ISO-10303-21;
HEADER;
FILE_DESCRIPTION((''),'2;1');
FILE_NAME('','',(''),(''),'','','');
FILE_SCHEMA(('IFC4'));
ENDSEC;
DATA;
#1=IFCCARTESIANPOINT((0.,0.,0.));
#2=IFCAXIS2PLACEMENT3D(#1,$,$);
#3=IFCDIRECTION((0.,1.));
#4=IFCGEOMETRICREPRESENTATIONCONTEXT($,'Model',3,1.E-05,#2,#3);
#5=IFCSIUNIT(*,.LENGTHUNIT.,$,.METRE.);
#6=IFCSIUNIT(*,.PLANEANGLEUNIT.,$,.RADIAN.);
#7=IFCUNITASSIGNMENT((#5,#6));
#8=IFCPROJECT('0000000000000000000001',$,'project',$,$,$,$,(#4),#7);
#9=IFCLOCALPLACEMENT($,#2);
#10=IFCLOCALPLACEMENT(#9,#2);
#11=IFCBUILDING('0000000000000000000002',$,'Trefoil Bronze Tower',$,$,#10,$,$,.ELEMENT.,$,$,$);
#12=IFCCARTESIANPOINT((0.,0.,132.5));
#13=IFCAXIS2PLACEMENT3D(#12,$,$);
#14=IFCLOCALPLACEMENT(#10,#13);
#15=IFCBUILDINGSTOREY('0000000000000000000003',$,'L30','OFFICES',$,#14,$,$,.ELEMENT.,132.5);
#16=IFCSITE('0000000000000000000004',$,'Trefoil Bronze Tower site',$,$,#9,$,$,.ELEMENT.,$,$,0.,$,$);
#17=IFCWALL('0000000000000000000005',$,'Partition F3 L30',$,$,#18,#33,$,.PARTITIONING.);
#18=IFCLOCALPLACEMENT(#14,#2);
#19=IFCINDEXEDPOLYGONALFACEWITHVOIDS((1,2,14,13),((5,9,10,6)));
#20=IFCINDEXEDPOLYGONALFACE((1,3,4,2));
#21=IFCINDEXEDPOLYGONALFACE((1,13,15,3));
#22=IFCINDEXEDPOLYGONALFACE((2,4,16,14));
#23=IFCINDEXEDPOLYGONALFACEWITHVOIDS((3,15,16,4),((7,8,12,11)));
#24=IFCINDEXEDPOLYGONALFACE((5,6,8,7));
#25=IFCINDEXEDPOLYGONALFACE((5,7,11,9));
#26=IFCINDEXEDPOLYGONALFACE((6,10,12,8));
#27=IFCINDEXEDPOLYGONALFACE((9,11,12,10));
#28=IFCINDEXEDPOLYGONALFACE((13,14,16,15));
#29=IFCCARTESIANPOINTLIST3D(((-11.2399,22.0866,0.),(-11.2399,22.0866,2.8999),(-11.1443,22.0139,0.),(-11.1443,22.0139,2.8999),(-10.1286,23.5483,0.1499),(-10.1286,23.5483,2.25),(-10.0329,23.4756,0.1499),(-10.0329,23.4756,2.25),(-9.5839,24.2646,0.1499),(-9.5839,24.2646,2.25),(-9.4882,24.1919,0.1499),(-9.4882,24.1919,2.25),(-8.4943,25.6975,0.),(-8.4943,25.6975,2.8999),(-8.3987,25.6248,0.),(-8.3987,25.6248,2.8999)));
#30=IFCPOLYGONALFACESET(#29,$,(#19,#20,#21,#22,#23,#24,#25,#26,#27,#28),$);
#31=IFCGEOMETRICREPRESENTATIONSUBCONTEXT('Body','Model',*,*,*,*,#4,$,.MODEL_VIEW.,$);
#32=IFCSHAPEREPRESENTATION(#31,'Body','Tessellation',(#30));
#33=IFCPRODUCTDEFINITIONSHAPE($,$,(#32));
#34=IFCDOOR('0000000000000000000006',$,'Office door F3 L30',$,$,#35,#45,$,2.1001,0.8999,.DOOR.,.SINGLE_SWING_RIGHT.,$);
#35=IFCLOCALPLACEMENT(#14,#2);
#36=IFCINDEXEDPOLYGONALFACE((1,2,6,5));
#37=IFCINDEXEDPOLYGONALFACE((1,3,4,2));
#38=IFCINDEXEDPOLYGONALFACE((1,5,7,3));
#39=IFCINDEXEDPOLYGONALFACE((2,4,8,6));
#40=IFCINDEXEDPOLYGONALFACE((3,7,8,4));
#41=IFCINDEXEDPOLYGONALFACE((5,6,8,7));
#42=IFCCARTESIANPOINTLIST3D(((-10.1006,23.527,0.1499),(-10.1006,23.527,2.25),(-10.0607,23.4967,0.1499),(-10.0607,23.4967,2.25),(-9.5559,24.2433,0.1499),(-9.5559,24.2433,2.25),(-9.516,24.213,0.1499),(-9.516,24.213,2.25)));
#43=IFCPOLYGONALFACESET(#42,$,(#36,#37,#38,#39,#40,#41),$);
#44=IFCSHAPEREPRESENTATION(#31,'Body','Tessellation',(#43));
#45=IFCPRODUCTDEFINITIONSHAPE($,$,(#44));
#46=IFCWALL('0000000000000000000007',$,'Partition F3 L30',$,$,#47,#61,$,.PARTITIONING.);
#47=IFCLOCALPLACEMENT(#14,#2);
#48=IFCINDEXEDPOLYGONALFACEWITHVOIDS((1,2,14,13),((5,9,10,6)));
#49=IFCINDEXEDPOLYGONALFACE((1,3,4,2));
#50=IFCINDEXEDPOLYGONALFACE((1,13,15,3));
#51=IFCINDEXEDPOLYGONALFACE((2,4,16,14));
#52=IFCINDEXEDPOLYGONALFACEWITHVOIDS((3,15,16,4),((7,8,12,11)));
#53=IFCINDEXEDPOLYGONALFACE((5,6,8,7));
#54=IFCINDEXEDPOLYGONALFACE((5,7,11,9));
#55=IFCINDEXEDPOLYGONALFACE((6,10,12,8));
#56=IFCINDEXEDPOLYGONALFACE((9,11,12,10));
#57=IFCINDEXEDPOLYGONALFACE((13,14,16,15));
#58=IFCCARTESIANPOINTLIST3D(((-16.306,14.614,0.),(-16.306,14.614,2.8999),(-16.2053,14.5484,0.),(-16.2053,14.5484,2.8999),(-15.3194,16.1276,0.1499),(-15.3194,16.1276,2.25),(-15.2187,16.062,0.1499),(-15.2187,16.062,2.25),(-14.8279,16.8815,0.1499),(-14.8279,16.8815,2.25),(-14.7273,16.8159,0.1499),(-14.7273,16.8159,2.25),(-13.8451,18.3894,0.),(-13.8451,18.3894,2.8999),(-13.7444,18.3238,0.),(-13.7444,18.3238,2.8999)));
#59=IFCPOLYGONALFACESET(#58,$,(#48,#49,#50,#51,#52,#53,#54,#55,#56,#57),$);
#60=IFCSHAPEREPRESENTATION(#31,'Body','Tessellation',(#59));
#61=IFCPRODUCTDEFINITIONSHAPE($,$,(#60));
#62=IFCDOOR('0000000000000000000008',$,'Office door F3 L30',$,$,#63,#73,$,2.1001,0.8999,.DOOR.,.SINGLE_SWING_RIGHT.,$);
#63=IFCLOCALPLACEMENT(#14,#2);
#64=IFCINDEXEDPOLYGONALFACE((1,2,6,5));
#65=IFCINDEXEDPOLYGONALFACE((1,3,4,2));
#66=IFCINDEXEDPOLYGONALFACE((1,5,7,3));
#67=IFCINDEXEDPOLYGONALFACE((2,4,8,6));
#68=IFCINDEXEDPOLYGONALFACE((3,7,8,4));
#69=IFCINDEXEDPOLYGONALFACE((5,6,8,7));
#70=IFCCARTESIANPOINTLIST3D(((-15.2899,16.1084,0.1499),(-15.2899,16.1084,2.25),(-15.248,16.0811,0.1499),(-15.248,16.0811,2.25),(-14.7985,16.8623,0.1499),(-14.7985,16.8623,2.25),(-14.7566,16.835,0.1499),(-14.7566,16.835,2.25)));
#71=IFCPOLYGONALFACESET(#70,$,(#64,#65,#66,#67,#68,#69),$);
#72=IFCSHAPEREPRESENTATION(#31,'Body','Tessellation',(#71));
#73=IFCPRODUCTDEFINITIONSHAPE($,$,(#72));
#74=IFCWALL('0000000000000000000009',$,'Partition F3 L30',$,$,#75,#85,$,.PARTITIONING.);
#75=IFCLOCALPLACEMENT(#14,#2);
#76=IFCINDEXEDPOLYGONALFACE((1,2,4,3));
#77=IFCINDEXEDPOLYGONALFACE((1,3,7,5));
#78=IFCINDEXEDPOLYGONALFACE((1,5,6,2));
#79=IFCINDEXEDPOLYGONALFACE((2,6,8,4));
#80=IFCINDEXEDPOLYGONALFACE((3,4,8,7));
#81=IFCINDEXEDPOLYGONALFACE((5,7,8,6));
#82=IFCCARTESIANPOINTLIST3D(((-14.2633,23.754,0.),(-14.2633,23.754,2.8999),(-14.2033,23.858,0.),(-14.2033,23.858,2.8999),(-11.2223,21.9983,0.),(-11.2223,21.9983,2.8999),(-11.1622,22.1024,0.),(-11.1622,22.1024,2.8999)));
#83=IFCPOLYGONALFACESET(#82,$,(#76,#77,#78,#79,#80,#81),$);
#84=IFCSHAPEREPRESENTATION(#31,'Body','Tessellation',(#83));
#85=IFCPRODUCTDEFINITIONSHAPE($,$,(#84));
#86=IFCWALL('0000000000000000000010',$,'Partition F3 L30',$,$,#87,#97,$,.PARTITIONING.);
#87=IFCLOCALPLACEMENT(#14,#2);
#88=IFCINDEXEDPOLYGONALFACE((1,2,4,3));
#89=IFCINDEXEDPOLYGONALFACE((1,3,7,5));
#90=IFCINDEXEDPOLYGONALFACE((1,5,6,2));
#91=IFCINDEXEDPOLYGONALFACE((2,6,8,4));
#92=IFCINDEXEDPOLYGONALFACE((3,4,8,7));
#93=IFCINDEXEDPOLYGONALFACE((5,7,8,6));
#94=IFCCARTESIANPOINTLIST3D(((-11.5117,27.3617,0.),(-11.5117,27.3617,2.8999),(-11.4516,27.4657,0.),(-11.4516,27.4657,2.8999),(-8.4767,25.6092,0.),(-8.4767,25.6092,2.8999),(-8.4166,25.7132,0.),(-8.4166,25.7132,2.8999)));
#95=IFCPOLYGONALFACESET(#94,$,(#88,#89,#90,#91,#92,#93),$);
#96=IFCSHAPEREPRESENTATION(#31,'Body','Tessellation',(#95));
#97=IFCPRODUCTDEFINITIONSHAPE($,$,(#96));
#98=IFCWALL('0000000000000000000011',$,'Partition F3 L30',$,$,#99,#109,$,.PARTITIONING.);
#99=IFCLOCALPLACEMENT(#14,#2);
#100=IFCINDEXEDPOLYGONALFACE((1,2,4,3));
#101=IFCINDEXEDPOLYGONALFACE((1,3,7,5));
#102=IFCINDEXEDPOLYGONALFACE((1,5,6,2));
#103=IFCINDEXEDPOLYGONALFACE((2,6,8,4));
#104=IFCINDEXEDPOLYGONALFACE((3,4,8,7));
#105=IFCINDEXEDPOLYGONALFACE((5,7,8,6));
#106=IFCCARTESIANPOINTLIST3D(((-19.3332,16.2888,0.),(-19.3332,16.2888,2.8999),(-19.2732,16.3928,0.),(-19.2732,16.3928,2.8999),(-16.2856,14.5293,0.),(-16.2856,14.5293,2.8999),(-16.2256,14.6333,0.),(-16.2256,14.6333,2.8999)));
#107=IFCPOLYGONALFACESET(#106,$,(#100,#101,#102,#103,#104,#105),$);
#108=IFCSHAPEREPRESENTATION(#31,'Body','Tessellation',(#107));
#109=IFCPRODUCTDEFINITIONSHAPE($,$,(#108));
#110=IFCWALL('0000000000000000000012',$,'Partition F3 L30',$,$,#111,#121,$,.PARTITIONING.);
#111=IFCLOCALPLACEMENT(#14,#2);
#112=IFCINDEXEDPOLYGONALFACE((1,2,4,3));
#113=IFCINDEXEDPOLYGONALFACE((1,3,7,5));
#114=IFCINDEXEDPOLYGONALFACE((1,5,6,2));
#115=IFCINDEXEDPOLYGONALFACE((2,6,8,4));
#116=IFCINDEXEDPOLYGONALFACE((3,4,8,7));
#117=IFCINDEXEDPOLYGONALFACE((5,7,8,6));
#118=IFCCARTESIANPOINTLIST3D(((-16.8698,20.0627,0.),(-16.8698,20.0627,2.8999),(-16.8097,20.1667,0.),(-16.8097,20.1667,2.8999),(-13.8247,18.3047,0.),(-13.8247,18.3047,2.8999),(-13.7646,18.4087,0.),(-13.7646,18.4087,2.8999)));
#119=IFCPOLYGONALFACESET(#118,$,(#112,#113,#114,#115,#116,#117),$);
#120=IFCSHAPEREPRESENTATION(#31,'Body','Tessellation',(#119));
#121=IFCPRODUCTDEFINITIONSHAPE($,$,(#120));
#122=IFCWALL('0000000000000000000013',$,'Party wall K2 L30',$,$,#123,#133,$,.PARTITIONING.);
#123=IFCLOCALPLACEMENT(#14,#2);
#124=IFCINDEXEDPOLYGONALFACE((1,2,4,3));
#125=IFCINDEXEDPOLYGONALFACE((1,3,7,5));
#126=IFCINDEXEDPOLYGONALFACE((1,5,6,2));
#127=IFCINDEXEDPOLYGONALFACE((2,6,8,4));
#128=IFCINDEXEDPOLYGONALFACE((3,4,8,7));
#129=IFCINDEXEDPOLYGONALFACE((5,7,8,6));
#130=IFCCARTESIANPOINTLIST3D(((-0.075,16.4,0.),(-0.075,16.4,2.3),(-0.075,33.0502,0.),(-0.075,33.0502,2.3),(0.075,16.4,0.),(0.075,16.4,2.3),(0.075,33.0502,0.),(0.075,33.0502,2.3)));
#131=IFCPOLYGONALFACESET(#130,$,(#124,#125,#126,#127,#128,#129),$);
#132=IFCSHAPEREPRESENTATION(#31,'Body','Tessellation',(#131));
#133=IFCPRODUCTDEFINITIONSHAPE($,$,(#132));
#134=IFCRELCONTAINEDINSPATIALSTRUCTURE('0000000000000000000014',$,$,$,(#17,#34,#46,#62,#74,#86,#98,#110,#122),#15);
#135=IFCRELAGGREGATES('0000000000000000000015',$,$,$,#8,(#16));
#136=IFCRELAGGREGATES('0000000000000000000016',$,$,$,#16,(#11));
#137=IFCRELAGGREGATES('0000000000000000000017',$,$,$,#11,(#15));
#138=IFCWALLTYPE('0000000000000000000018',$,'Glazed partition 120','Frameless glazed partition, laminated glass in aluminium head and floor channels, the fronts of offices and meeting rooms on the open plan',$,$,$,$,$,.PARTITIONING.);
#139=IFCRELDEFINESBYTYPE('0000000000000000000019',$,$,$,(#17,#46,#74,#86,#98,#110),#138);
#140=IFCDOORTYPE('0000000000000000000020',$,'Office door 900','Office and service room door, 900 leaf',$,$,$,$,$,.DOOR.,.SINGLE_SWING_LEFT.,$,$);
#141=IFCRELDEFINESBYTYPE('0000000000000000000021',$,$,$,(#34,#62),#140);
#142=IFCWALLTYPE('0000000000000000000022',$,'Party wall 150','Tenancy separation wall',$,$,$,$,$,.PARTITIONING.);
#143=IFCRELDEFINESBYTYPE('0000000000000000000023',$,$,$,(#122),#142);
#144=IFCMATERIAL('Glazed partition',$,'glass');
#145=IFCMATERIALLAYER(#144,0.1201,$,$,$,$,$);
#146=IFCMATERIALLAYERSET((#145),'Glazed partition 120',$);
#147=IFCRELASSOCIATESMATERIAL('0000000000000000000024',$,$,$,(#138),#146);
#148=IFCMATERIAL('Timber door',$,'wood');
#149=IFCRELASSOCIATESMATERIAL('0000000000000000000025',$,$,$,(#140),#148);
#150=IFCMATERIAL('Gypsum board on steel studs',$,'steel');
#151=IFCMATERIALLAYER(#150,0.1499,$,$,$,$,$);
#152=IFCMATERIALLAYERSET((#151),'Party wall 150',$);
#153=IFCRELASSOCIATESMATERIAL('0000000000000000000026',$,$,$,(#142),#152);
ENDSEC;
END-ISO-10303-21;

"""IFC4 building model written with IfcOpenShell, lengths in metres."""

from ifc_helpers import new_model, si_unit, direction, frame, frame_2d, origin, place, context, subcontext, project, spatial, rectangle, extrude, material, layer, layer_set, type_object, element, fill, save


model = new_model("IFC4")

# Units and contexts
model_context = context("Model", 3, precision=1e-05, world=origin(), true_north=direction((0.0, 1.0)))
body_context = subcontext(model_context, "Body", "Model", "MODEL_VIEW")
ifc_project = project(units=[si_unit("LENGTHUNIT", "METRE"), si_unit("PLANEANGLEUNIT", "RADIAN")], contexts=[model_context])

# Site, building, storey
site_placement = place(None, origin())
site = spatial("IfcSite", under=ifc_project, at=site_placement, Name="Trefoil Bronze Tower site", CompositionType="ELEMENT", RefElevation=0.0)
building_placement = place(site_placement, origin())
building = spatial("IfcBuilding", under=site, at=building_placement, Name="Trefoil Bronze Tower", CompositionType="ELEMENT")
storey_placement = place(building_placement, frame((0.0, 0.0, 132.5)))
storey = spatial("IfcBuildingStorey", under=building, at=storey_placement, Name="L30", Description="OFFICES", CompositionType="ELEMENT", Elevation=132.5)

# Walls, openings, doors
ifc_material_1 = material(Name="Glazed partition", Category="glass")
ifc_layer_1 = layer(ifc_material_1, 0.1201)
ifc_layer_set_1 = layer_set([ifc_layer_1], Name="Glazed partition 120")
wall_type_1 = type_object("IfcWallType", Name="Glazed partition 120", Description="Frameless glazed partition, laminated glass in aluminium head and floor channels, the fronts of offices and meeting rooms on the open plan", PredefinedType="PARTITIONING", material=ifc_layer_set_1)
ifc_material_2 = material(Name="Timber door", Category="wood")
door_type_1 = type_object("IfcDoorType", Name="Office door 900", Description="Office and service room door, 900 leaf", OperationType="SINGLE_SWING_LEFT", PredefinedType="DOOR", material=ifc_material_2)
wall_1_placement = place(storey_placement, frame((-8.4465, 25.6611, 0.0), z_axis=(0.0, 0.0, 1.0), x_axis=(-0.605274, -0.796017, 0.0)))
wall_1 = element("IfcWall", 1, at=wall_1_placement, inside=storey, type_object=wall_type_1, Name="Partition F3 L30", PredefinedType="PARTITIONING", context=body_context, shape_type="SweptSolid", body=[
    extrude(rectangle(XDim=4.5361, YDim=0.1201, at=frame_2d((2.2681, 0.0))), origin(), (0.0, 0.0, 1.0), 2.8999),
])
opening_1_placement = place(wall_1_placement, frame((1.8, 0.0, 0.1499)))
opening_1 = element("IfcOpeningElement", 2, at=opening_1_placement, cuts=wall_1, PredefinedType="OPENING", context=body_context, shape_type="SweptSolid", body=[
    extrude(rectangle(XDim=0.8999, YDim=2.1001, at=frame_2d((0.45, 1.05))), frame((0.0, 0.0701, 0.0), z_axis=(0.0, -1.0, 0.0), x_axis=(1.0, 0.0, 0.0)), (0.0, 0.0, 1.0), 0.1401),
])
door_1_placement = place(opening_1_placement, frame((0.8999, 0.0, 0.0), z_axis=(0.0, 0.0, 1.0), x_axis=(-1.0, 0.0, 0.0)))
door_1 = element("IfcDoor", 3, at=door_1_placement, inside=storey, type_object=door_type_1, Name="Office door F3 L30", OperationType="SINGLE_SWING_RIGHT", OverallHeight=2.1001, OverallWidth=0.8999, PredefinedType="DOOR", context=body_context, shape_type="SweptSolid", body=[
    extrude(rectangle(XDim=0.8999, YDim=2.1001, at=frame_2d((0.45, 1.05))), frame((0.0, 0.0249, 0.0), z_axis=(0.0, -1.0, 0.0), x_axis=(1.0, 0.0, 0.0)), (0.0, 0.0, 1.0), 0.05),
])
fill(opening_1, door_1)
wall_2_placement = place(storey_placement, frame((-13.7947, 18.3567, 0.0), z_axis=(0.0, 0.0, 1.0), x_axis=(-0.546069, -0.83774, 0.0)))
wall_2 = element("IfcWall", 4, at=wall_2_placement, inside=storey, type_object=wall_type_1, Name="Partition F3 L30", PredefinedType="PARTITIONING", context=body_context, shape_type="SweptSolid", body=[
    extrude(rectangle(XDim=4.5066, YDim=0.1201, at=frame_2d((2.2534, 0.0))), origin(), (0.0, 0.0, 1.0), 2.8999),
])
opening_2_placement = place(wall_2_placement, frame((1.8, 0.0, 0.1499)))
opening_2 = element("IfcOpeningElement", 5, at=opening_2_placement, cuts=wall_2, PredefinedType="OPENING", context=body_context, shape_type="SweptSolid", body=[
    extrude(rectangle(XDim=0.8999, YDim=2.1001, at=frame_2d((0.45, 1.05))), frame((0.0, 0.0701, 0.0), z_axis=(0.0, -1.0, 0.0), x_axis=(1.0, 0.0, 0.0)), (0.0, 0.0, 1.0), 0.1401),
])
door_2_placement = place(opening_2_placement, frame((0.8999, 0.0, 0.0), z_axis=(0.0, 0.0, 1.0), x_axis=(-1.0, 0.0, 0.0)))
door_2 = element("IfcDoor", 6, at=door_2_placement, inside=storey, type_object=door_type_1, Name="Office door F3 L30", OperationType="SINGLE_SWING_RIGHT", OverallHeight=2.1001, OverallWidth=0.8999, PredefinedType="DOOR", context=body_context, shape_type="SweptSolid", body=[
    extrude(rectangle(XDim=0.8999, YDim=2.1001, at=frame_2d((0.45, 1.05))), frame((0.0, 0.0249, 0.0), z_axis=(0.0, -1.0, 0.0), x_axis=(1.0, 0.0, 0.0)), (0.0, 0.0, 1.0), 0.05),
])
fill(opening_2, door_2)

# Walls
wall_3_placement = place(storey_placement, frame((-11.1921, 22.0503, 0.0), z_axis=(0.0, 0.0, 1.0), x_axis=(-0.86604, 0.499975, 0.0)))
element("IfcWall", 7, at=wall_3_placement, inside=storey, type_object=wall_type_1, Name="Partition F3 L30", PredefinedType="PARTITIONING", context=body_context, shape_type="SweptSolid", body=[
    extrude(rectangle(XDim=3.5115, YDim=0.1201, at=frame_2d((1.7559, 0.0))), origin(), (0.0, 0.0, 1.0), 2.8999),
])
wall_4_placement = place(storey_placement, frame((-8.4465, 25.6611, 0.0), z_axis=(0.0, 0.0, 1.0), x_axis=(-0.865996, 0.50005, 0.0)))
element("IfcWall", 8, at=wall_4_placement, inside=storey, type_object=wall_type_1, Name="Partition F3 L30", PredefinedType="PARTITIONING", context=body_context, shape_type="SweptSolid", body=[
    extrude(rectangle(XDim=3.5046, YDim=0.1201, at=frame_2d((1.7524, 0.0))), origin(), (0.0, 0.0, 1.0), 2.8999),
])
wall_5_placement = place(storey_placement, frame((-16.2556, 14.5813, 0.0), z_axis=(0.0, 0.0, 1.0), x_axis=(-0.866027, 0.499997, 0.0)))
element("IfcWall", 9, at=wall_5_placement, inside=storey, type_object=wall_type_1, Name="Partition F3 L30", PredefinedType="PARTITIONING", context=body_context, shape_type="SweptSolid", body=[
    extrude(rectangle(XDim=3.519, YDim=0.1201, at=frame_2d((1.7595, 0.0))), origin(), (0.0, 0.0, 1.0), 2.8999),
])
wall_6_placement = place(storey_placement, frame((-13.7947, 18.3567, 0.0), z_axis=(0.0, 0.0, 1.0), x_axis=(-0.866034, 0.499985, 0.0)))
element("IfcWall", 10, at=wall_6_placement, inside=storey, type_object=wall_type_1, Name="Partition F3 L30", PredefinedType="PARTITIONING", context=body_context, shape_type="SweptSolid", body=[
    extrude(rectangle(XDim=3.5161, YDim=0.1201, at=frame_2d((1.7581, 0.0))), origin(), (0.0, 0.0, 1.0), 2.8999),
])
ifc_material_3 = material(Name="Gypsum board on steel studs", Category="steel")
ifc_layer_2 = layer(ifc_material_3, 0.1499)
ifc_layer_set_2 = layer_set([ifc_layer_2], Name="Party wall 150")
wall_type_2 = type_object("IfcWallType", Name="Party wall 150", Description="Tenancy separation wall", PredefinedType="PARTITIONING", material=ifc_layer_set_2)
wall_7_placement = place(storey_placement, frame((0.0, 16.3999, 0.0), z_axis=(0.0, 0.0, 1.0), x_axis=(0.0, 1.0, 0.0)))
element("IfcWall", 11, at=wall_7_placement, inside=storey, type_object=wall_type_2, Name="Party wall K2 L30", PredefinedType="PARTITIONING", context=body_context, shape_type="SweptSolid", body=[
    extrude(rectangle(XDim=16.6501, YDim=0.1499, at=frame_2d((8.3252, 0.0))), origin(), (0.0, 0.0, 1.0), 2.3),
])

save(model, "model.ifc")
